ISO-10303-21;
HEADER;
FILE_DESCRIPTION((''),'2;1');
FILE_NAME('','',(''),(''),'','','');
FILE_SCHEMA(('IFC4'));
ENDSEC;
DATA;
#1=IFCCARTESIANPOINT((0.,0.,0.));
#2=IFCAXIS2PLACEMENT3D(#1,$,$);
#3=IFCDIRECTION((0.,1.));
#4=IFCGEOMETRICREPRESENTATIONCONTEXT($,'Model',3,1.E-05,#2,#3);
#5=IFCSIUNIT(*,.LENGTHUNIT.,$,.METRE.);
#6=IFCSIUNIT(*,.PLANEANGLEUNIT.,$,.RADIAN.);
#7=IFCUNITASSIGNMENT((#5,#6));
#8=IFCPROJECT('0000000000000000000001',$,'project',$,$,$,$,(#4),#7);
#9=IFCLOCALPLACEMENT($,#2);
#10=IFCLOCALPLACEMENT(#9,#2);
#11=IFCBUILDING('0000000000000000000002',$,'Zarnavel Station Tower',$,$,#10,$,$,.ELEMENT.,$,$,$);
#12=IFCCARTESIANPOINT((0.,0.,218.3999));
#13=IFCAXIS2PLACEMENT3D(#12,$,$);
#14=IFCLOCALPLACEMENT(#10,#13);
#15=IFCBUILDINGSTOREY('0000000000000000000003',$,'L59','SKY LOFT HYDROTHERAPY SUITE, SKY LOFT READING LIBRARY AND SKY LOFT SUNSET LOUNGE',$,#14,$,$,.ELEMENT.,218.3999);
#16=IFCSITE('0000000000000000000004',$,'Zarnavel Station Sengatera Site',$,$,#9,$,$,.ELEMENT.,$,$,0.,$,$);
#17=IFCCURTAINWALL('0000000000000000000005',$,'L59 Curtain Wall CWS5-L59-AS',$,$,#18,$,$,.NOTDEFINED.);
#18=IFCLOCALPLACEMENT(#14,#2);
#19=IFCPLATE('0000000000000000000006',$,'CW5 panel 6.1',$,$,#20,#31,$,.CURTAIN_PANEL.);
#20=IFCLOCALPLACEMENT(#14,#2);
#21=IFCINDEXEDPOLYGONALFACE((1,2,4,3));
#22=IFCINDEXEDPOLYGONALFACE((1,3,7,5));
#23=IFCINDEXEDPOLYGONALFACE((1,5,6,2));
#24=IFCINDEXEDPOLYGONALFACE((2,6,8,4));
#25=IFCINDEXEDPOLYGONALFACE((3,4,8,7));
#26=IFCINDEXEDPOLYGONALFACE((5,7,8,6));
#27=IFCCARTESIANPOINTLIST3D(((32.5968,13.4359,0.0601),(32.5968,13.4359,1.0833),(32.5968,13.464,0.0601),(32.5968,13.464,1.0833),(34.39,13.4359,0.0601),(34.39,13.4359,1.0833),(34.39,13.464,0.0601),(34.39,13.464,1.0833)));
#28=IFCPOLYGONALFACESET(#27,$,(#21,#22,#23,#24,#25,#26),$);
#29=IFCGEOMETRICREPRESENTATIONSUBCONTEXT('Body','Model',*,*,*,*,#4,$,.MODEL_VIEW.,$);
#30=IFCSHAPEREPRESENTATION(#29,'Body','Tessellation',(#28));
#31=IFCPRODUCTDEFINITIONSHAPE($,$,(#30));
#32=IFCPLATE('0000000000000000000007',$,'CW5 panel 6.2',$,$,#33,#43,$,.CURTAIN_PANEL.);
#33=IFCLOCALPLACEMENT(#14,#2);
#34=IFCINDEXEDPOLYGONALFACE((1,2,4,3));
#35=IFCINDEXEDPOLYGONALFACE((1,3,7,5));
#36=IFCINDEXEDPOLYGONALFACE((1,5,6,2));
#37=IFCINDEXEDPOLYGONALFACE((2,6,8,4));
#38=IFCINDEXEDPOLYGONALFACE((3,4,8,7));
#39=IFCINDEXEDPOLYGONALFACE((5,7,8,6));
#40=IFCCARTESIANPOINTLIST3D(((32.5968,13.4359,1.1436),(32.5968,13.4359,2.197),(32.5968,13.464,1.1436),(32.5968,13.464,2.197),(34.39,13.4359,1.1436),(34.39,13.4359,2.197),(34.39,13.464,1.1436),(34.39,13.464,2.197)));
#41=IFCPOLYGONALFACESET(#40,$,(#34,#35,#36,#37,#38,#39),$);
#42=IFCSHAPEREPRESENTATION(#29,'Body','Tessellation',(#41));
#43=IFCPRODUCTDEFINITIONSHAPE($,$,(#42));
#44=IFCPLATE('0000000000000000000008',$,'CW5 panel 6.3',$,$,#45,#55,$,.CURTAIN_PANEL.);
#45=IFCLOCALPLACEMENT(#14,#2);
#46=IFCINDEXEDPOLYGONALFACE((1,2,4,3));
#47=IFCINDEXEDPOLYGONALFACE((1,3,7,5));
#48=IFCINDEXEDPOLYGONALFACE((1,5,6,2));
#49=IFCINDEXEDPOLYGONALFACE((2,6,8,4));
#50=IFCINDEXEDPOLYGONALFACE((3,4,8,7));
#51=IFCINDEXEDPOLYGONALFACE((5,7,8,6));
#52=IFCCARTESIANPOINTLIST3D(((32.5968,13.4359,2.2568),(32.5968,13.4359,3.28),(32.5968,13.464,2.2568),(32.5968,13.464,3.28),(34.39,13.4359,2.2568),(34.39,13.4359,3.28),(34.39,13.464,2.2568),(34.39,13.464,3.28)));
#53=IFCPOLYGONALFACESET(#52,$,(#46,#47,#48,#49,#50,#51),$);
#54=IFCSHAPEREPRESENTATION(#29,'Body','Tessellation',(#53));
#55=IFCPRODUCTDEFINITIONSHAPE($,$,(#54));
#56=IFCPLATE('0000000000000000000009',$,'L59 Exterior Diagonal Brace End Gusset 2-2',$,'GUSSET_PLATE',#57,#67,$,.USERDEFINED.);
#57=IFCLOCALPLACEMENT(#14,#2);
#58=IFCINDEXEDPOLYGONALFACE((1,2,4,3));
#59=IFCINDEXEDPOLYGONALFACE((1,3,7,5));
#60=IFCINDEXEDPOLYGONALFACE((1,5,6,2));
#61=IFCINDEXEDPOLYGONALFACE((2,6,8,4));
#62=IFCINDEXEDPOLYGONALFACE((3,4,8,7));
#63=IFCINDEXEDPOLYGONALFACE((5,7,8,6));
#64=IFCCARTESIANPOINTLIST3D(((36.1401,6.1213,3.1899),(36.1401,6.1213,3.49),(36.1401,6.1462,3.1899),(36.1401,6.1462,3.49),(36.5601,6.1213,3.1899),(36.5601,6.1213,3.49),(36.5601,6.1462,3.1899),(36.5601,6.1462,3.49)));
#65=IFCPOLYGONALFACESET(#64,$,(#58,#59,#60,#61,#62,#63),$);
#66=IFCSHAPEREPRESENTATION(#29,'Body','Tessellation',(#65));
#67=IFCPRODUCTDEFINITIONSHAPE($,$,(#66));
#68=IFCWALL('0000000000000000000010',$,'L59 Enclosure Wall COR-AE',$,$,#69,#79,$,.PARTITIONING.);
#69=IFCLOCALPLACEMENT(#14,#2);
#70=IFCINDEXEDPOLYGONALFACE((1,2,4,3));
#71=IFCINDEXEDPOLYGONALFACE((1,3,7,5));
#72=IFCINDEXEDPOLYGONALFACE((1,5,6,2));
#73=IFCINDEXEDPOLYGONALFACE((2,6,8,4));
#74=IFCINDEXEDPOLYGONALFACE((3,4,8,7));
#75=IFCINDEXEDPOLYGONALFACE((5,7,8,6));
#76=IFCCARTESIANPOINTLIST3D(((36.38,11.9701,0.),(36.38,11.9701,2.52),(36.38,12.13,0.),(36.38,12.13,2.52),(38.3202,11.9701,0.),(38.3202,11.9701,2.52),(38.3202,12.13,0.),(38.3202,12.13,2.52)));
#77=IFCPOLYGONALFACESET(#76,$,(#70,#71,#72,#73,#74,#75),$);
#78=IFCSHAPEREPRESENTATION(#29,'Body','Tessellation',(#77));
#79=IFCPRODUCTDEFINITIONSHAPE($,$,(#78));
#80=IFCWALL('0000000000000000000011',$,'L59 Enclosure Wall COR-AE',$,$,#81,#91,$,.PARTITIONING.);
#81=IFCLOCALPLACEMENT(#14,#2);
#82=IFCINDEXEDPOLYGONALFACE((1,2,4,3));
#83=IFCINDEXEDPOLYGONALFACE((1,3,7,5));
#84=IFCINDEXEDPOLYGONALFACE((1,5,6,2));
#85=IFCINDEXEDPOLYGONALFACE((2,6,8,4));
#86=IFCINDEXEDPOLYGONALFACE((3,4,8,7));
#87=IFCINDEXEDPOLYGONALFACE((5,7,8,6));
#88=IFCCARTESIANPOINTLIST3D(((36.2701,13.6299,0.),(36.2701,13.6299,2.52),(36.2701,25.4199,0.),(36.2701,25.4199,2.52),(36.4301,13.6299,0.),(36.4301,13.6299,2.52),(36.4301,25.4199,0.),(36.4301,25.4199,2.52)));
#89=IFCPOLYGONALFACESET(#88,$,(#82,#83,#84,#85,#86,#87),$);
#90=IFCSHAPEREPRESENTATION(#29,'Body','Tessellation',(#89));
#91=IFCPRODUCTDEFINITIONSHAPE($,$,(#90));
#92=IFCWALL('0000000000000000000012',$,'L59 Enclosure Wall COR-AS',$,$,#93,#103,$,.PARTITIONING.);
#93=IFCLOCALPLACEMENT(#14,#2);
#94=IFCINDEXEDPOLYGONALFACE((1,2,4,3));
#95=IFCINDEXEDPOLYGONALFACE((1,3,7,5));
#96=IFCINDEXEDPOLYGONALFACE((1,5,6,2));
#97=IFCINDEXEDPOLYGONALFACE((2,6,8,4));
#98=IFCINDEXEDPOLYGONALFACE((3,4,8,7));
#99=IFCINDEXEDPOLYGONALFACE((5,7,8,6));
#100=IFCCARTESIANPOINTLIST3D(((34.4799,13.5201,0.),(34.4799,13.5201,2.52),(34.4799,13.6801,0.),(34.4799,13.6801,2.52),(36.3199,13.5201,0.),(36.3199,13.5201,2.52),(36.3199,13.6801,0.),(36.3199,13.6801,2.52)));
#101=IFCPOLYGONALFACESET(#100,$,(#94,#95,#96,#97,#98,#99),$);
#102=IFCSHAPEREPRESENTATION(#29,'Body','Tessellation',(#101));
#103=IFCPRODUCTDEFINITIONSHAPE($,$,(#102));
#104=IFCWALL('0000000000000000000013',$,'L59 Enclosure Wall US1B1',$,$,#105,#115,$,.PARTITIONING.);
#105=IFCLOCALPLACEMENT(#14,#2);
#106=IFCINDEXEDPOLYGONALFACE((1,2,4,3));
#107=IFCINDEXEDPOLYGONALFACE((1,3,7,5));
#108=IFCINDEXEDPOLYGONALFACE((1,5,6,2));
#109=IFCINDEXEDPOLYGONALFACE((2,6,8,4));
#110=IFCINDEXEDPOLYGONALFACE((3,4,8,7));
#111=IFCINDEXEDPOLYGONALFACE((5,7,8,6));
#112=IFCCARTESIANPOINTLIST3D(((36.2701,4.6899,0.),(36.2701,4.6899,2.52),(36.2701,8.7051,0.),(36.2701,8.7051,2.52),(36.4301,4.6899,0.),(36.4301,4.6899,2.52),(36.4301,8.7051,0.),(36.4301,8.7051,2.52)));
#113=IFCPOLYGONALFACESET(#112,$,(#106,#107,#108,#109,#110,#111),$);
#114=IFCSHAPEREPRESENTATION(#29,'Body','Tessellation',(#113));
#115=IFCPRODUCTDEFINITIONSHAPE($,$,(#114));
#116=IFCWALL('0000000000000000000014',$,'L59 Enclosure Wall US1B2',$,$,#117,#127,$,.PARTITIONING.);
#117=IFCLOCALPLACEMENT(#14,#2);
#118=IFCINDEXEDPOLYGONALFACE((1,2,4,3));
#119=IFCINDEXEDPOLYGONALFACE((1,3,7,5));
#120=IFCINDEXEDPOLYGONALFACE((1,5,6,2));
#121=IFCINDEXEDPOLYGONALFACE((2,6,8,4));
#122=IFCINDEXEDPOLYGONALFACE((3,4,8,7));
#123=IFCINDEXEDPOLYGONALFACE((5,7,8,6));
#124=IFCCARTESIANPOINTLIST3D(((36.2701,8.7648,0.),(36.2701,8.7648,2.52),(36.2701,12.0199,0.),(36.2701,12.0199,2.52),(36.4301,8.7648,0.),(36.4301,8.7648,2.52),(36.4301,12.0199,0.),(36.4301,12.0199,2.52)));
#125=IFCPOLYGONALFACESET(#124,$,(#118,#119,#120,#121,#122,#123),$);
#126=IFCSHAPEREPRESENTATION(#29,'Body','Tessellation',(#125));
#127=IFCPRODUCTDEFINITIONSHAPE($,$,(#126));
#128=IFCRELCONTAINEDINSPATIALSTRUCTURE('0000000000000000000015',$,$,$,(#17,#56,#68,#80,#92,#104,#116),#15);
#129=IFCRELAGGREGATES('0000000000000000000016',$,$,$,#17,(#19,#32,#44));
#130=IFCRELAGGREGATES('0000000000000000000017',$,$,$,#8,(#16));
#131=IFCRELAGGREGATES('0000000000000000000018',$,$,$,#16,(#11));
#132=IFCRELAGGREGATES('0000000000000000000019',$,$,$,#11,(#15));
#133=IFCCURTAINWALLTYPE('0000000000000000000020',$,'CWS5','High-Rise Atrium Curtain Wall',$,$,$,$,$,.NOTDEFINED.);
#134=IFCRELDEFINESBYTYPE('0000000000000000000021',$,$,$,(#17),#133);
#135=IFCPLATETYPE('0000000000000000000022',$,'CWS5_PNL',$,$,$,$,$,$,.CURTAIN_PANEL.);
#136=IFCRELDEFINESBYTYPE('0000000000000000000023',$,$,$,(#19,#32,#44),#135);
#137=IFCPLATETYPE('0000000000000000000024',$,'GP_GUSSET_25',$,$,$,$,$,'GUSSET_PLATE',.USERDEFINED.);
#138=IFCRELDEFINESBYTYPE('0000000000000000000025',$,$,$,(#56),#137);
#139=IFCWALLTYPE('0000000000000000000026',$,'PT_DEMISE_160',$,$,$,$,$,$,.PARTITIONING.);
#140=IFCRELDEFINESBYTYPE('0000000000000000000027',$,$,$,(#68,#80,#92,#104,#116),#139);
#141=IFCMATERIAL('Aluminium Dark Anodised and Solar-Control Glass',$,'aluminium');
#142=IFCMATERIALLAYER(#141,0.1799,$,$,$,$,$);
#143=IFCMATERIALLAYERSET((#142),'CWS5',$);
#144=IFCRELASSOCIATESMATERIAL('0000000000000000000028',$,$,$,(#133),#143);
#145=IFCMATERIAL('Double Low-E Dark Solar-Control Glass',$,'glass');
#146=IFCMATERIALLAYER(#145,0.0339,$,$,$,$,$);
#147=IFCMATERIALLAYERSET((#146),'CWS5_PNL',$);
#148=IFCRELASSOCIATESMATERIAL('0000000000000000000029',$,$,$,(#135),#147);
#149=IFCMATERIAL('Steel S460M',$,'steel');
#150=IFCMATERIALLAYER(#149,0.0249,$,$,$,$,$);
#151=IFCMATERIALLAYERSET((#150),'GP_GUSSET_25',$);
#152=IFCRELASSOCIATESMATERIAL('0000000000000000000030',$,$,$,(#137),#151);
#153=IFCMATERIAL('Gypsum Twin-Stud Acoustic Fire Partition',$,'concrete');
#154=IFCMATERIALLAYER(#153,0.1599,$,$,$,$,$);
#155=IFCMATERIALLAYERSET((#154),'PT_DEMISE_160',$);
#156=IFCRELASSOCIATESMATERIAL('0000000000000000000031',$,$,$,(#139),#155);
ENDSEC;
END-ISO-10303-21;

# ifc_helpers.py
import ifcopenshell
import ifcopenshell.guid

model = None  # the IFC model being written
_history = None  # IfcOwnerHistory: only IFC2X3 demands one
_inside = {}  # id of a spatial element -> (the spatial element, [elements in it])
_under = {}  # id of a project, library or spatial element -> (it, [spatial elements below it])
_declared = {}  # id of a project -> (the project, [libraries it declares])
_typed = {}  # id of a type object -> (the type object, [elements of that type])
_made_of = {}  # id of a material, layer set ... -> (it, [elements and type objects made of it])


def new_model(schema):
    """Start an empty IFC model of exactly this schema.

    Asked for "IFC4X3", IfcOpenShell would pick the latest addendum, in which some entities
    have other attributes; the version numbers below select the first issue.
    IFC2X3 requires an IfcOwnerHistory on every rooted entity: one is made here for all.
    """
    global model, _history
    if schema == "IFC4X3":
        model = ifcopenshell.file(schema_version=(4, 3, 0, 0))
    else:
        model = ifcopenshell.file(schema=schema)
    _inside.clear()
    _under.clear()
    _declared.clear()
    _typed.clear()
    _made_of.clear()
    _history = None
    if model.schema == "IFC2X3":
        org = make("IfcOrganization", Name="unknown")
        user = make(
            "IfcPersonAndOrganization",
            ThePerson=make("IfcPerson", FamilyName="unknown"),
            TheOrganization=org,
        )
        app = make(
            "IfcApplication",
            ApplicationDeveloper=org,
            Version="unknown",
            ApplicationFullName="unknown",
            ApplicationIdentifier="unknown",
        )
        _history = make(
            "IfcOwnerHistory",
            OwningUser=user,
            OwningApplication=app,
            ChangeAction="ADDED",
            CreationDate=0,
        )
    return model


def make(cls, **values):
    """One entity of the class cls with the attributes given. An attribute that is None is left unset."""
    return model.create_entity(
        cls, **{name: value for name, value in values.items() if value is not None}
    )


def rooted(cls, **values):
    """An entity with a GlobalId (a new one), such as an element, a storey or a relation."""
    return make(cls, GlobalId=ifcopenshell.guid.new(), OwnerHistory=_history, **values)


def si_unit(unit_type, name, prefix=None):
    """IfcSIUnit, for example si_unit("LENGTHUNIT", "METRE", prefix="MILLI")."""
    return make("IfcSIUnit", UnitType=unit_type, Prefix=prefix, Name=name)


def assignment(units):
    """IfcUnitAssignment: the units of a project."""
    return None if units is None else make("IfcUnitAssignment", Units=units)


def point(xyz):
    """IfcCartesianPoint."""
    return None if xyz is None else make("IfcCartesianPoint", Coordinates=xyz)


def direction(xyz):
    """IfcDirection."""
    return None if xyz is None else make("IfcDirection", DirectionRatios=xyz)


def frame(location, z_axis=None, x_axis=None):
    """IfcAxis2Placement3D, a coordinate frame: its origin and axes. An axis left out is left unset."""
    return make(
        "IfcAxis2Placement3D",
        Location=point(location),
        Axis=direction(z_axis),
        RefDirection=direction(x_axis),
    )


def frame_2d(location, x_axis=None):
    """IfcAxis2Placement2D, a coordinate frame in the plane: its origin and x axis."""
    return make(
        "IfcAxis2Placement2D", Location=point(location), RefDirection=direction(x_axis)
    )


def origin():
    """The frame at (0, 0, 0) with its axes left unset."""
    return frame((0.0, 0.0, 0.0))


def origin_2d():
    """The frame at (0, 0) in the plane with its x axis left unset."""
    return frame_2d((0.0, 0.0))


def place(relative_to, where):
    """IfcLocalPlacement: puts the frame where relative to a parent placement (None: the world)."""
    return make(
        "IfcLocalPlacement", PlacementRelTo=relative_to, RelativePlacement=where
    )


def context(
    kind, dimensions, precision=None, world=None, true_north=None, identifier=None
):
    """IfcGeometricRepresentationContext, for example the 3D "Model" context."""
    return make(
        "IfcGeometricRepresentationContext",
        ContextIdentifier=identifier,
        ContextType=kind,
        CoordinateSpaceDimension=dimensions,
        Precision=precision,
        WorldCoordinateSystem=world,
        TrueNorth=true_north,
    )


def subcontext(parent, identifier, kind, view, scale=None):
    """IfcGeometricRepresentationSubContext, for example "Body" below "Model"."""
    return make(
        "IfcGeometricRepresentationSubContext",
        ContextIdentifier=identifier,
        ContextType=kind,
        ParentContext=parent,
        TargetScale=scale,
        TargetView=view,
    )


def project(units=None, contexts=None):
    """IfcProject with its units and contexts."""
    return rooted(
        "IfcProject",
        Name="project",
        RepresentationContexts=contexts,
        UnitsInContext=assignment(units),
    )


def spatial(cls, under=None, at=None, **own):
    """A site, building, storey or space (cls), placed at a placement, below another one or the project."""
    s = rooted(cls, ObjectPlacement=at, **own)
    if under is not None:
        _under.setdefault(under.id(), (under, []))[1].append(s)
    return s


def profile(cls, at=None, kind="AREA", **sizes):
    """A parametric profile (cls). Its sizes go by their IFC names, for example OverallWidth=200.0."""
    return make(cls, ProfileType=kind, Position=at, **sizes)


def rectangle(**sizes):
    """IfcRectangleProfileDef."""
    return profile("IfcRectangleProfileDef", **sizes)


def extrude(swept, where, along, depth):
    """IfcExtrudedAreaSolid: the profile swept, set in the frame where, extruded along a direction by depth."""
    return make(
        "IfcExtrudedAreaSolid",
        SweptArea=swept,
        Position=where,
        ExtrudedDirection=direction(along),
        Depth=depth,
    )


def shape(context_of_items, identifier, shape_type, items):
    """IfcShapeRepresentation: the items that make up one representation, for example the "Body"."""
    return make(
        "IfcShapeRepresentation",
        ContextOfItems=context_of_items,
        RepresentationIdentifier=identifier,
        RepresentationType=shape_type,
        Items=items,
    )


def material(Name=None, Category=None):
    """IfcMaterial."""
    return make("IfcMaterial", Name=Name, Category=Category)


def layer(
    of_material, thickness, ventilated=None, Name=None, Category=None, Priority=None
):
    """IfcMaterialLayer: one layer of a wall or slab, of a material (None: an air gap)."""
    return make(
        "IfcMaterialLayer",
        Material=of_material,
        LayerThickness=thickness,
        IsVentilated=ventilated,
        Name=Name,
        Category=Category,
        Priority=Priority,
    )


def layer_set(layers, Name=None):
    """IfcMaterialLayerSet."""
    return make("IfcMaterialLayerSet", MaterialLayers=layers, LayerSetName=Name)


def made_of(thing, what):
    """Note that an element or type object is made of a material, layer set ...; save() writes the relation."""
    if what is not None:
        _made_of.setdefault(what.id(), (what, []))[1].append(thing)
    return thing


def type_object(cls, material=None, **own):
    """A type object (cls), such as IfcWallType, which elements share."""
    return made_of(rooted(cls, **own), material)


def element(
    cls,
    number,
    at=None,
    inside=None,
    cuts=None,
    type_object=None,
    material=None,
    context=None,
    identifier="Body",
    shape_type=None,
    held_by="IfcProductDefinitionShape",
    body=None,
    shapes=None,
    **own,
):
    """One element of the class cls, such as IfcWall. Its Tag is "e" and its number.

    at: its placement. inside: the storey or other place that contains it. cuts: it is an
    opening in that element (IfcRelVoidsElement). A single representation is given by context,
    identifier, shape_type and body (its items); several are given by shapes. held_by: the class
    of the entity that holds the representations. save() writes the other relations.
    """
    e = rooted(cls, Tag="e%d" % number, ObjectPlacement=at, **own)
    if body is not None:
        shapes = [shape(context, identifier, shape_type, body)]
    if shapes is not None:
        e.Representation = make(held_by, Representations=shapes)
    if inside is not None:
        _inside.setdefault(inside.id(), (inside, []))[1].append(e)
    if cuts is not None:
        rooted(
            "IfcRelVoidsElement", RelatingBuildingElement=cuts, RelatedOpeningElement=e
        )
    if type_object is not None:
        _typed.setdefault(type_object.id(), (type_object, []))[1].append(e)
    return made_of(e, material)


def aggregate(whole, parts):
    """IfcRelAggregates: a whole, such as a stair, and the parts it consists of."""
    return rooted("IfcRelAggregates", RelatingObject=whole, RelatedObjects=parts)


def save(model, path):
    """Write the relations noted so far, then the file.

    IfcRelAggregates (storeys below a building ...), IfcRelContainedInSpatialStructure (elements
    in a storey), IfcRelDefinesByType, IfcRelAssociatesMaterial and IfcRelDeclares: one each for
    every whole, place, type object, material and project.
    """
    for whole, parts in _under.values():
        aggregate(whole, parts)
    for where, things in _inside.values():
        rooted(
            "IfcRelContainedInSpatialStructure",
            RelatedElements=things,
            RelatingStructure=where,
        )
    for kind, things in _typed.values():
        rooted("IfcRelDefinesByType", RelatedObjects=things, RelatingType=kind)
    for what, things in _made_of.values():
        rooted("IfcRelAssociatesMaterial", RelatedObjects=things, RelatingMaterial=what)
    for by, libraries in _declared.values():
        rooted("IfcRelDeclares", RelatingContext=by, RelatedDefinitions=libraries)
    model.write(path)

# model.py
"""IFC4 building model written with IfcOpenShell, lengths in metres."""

from ifc_helpers import new_model, si_unit, direction, frame, frame_2d, origin, origin_2d, place, context, subcontext, project, spatial, rectangle, extrude, material, layer, layer_set, type_object, element, aggregate, save


model = new_model("IFC4")

# Units and contexts
model_context = context("Model", 3, precision=1e-05, world=origin(), true_north=direction((0.0, 1.0)))
body_context = subcontext(model_context, "Body", "Model", "MODEL_VIEW")
ifc_project = project(units=[si_unit("LENGTHUNIT", "METRE"), si_unit("PLANEANGLEUNIT", "RADIAN")], contexts=[model_context])

# Site, building, storey
site_placement = place(None, origin())
site = spatial("IfcSite", under=ifc_project, at=site_placement, Name="Zarnavel Station Sengatera Site", CompositionType="ELEMENT", RefElevation=0.0)
building_placement = place(site_placement, origin())
building = spatial("IfcBuilding", under=site, at=building_placement, Name="Zarnavel Station Tower", CompositionType="ELEMENT")
storey_placement = place(building_placement, frame((0.0, 0.0, 218.3999)))
storey = spatial("IfcBuildingStorey", under=building, at=storey_placement, Name="L59", Description="SKY LOFT HYDROTHERAPY SUITE, SKY LOFT READING LIBRARY AND SKY LOFT SUNSET LOUNGE", CompositionType="ELEMENT", Elevation=218.3999)

# Curtain wall
ifc_material_1 = material(Name="Aluminium Dark Anodised and Solar-Control Glass", Category="aluminium")
ifc_layer_1 = layer(ifc_material_1, 0.1799)
ifc_layer_set_1 = layer_set([ifc_layer_1], Name="CWS5")
curtain_wall_type = type_object("IfcCurtainWallType", Name="CWS5", Description="High-Rise Atrium Curtain Wall", PredefinedType="NOTDEFINED", material=ifc_layer_set_1)
curtain_wall_placement = place(storey_placement, origin())
curtain_wall = element("IfcCurtainWall", 1, at=curtain_wall_placement, inside=storey, type_object=curtain_wall_type, Name="L59 Curtain Wall CWS5-L59-AS", PredefinedType="NOTDEFINED")

# Plates
ifc_material_2 = material(Name="Double Low-E Dark Solar-Control Glass", Category="glass")
ifc_layer_2 = layer(ifc_material_2, 0.0339)
ifc_layer_set_2 = layer_set([ifc_layer_2], Name="CWS5_PNL")
plate_type_1 = type_object("IfcPlateType", Name="CWS5_PNL", PredefinedType="CURTAIN_PANEL", material=ifc_layer_set_2)
plate_1_placement = place(storey_placement, frame((33.4934, 13.45, 0.0601), z_axis=(0.0, 0.0, 1.0), x_axis=(1.0, 0.0, 0.0)))
plate_1 = element("IfcPlate", 2, at=plate_1_placement, type_object=plate_type_1, Name="CW5 panel 6.1", PredefinedType="CURTAIN_PANEL", context=body_context, shape_type="SweptSolid", body=[
    extrude(rectangle(XDim=1.7932, YDim=0.0281, at=origin_2d()), origin(), (0.0, 0.0, 1.0), 1.0232),
])
plate_2_placement = place(storey_placement, frame((33.4934, 13.45, 1.1436), z_axis=(0.0, 0.0, 1.0), x_axis=(1.0, 0.0, 0.0)))
plate_2 = element("IfcPlate", 3, at=plate_2_placement, type_object=plate_type_1, Name="CW5 panel 6.2", PredefinedType="CURTAIN_PANEL", context=body_context, shape_type="SweptSolid", body=[
    extrude(rectangle(XDim=1.7932, YDim=0.0281, at=origin_2d()), origin(), (0.0, 0.0, 1.0), 1.0535),
])
plate_3_placement = place(storey_placement, frame((33.4934, 13.45, 2.2568), z_axis=(0.0, 0.0, 1.0), x_axis=(1.0, 0.0, 0.0)))
plate_3 = element("IfcPlate", 4, at=plate_3_placement, type_object=plate_type_1, Name="CW5 panel 6.3", PredefinedType="CURTAIN_PANEL", context=body_context, shape_type="SweptSolid", body=[
    extrude(rectangle(XDim=1.7932, YDim=0.0281, at=origin_2d()), origin(), (0.0, 0.0, 1.0), 1.0232),
])
aggregate(curtain_wall, [plate_1, plate_2, plate_3])
ifc_material_3 = material(Name="Steel S460M", Category="steel")
ifc_layer_3 = layer(ifc_material_3, 0.0249)
ifc_layer_set_3 = layer_set([ifc_layer_3], Name="GP_GUSSET_25")
plate_type_2 = type_object("IfcPlateType", Name="GP_GUSSET_25", ElementType="GUSSET_PLATE", PredefinedType="USERDEFINED", material=ifc_layer_set_3)
plate_4_placement = place(storey_placement, frame((36.3501, 6.1338, 3.1899), z_axis=(0.0, 0.0, 1.0), x_axis=(1.0, 0.0, 0.0)))
element("IfcPlate", 5, at=plate_4_placement, inside=storey, type_object=plate_type_2, Name="L59 Exterior Diagonal Brace End Gusset 2-2", ObjectType="GUSSET_PLATE", PredefinedType="USERDEFINED", context=body_context, shape_type="SweptSolid", body=[
    extrude(rectangle(XDim=0.4199, YDim=0.0249, at=origin_2d()), origin(), (0.0, 0.0, 1.0), 0.3),
])

# Walls
ifc_material_4 = material(Name="Gypsum Twin-Stud Acoustic Fire Partition", Category="concrete")
ifc_layer_4 = layer(ifc_material_4, 0.1599)
ifc_layer_set_4 = layer_set([ifc_layer_4], Name="PT_DEMISE_160")
wall_type = type_object("IfcWallType", Name="PT_DEMISE_160", PredefinedType="PARTITIONING", material=ifc_layer_set_4)
wall_1_placement = place(storey_placement, frame((36.3799, 12.05, 0.0), z_axis=(0.0, 0.0, 1.0), x_axis=(1.0, 0.0, 0.0)))
element("IfcWall", 6, at=wall_1_placement, inside=storey, type_object=wall_type, Name="L59 Enclosure Wall COR-AE", PredefinedType="PARTITIONING", context=body_context, shape_type="SweptSolid", body=[
    extrude(rectangle(XDim=1.9402, YDim=0.1599, at=frame_2d((0.9702, 0.0))), origin(), (0.0, 0.0, 1.0), 2.52),
])
wall_2_placement = place(storey_placement, frame((36.3501, 13.6299, 0.0), z_axis=(0.0, 0.0, 1.0), x_axis=(0.0, 1.0, 0.0)))
element("IfcWall", 7, at=wall_2_placement, inside=storey, type_object=wall_type, Name="L59 Enclosure Wall COR-AE", PredefinedType="PARTITIONING", context=body_context, shape_type="SweptSolid", body=[
    extrude(rectangle(XDim=11.79, YDim=0.1599, at=frame_2d((5.895, 0.0))), origin(), (0.0, 0.0, 1.0), 2.52),
])
wall_3_placement = place(storey_placement, frame((34.48, 13.6001, 0.0), z_axis=(0.0, 0.0, 1.0), x_axis=(1.0, 0.0, 0.0)))
element("IfcWall", 8, at=wall_3_placement, inside=storey, type_object=wall_type, Name="L59 Enclosure Wall COR-AS", PredefinedType="PARTITIONING", context=body_context, shape_type="SweptSolid", body=[
    extrude(rectangle(XDim=1.8401, YDim=0.1599, at=frame_2d((0.9199, 0.0))), origin(), (0.0, 0.0, 1.0), 2.52),
])
wall_4_placement = place(storey_placement, frame((36.3501, 4.6899, 0.0), z_axis=(0.0, 0.0, 1.0), x_axis=(0.0, 1.0, 0.0)))
element("IfcWall", 9, at=wall_4_placement, inside=storey, type_object=wall_type, Name="L59 Enclosure Wall US1B1", PredefinedType="PARTITIONING", context=body_context, shape_type="SweptSolid", body=[
    extrude(rectangle(XDim=4.0151, YDim=0.1599, at=frame_2d((2.0076, 0.0))), origin(), (0.0, 0.0, 1.0), 2.52),
])
wall_5_placement = place(storey_placement, frame((36.3501, 8.7649, 0.0), z_axis=(0.0, 0.0, 1.0), x_axis=(0.0, 1.0, 0.0)))
element("IfcWall", 10, at=wall_5_placement, inside=storey, type_object=wall_type, Name="L59 Enclosure Wall US1B2", PredefinedType="PARTITIONING", context=body_context, shape_type="SweptSolid", body=[
    extrude(rectangle(XDim=3.2551, YDim=0.1599, at=frame_2d((1.6274, 0.0))), origin(), (0.0, 0.0, 1.0), 2.52),
])

save(model, "model.ifc")
